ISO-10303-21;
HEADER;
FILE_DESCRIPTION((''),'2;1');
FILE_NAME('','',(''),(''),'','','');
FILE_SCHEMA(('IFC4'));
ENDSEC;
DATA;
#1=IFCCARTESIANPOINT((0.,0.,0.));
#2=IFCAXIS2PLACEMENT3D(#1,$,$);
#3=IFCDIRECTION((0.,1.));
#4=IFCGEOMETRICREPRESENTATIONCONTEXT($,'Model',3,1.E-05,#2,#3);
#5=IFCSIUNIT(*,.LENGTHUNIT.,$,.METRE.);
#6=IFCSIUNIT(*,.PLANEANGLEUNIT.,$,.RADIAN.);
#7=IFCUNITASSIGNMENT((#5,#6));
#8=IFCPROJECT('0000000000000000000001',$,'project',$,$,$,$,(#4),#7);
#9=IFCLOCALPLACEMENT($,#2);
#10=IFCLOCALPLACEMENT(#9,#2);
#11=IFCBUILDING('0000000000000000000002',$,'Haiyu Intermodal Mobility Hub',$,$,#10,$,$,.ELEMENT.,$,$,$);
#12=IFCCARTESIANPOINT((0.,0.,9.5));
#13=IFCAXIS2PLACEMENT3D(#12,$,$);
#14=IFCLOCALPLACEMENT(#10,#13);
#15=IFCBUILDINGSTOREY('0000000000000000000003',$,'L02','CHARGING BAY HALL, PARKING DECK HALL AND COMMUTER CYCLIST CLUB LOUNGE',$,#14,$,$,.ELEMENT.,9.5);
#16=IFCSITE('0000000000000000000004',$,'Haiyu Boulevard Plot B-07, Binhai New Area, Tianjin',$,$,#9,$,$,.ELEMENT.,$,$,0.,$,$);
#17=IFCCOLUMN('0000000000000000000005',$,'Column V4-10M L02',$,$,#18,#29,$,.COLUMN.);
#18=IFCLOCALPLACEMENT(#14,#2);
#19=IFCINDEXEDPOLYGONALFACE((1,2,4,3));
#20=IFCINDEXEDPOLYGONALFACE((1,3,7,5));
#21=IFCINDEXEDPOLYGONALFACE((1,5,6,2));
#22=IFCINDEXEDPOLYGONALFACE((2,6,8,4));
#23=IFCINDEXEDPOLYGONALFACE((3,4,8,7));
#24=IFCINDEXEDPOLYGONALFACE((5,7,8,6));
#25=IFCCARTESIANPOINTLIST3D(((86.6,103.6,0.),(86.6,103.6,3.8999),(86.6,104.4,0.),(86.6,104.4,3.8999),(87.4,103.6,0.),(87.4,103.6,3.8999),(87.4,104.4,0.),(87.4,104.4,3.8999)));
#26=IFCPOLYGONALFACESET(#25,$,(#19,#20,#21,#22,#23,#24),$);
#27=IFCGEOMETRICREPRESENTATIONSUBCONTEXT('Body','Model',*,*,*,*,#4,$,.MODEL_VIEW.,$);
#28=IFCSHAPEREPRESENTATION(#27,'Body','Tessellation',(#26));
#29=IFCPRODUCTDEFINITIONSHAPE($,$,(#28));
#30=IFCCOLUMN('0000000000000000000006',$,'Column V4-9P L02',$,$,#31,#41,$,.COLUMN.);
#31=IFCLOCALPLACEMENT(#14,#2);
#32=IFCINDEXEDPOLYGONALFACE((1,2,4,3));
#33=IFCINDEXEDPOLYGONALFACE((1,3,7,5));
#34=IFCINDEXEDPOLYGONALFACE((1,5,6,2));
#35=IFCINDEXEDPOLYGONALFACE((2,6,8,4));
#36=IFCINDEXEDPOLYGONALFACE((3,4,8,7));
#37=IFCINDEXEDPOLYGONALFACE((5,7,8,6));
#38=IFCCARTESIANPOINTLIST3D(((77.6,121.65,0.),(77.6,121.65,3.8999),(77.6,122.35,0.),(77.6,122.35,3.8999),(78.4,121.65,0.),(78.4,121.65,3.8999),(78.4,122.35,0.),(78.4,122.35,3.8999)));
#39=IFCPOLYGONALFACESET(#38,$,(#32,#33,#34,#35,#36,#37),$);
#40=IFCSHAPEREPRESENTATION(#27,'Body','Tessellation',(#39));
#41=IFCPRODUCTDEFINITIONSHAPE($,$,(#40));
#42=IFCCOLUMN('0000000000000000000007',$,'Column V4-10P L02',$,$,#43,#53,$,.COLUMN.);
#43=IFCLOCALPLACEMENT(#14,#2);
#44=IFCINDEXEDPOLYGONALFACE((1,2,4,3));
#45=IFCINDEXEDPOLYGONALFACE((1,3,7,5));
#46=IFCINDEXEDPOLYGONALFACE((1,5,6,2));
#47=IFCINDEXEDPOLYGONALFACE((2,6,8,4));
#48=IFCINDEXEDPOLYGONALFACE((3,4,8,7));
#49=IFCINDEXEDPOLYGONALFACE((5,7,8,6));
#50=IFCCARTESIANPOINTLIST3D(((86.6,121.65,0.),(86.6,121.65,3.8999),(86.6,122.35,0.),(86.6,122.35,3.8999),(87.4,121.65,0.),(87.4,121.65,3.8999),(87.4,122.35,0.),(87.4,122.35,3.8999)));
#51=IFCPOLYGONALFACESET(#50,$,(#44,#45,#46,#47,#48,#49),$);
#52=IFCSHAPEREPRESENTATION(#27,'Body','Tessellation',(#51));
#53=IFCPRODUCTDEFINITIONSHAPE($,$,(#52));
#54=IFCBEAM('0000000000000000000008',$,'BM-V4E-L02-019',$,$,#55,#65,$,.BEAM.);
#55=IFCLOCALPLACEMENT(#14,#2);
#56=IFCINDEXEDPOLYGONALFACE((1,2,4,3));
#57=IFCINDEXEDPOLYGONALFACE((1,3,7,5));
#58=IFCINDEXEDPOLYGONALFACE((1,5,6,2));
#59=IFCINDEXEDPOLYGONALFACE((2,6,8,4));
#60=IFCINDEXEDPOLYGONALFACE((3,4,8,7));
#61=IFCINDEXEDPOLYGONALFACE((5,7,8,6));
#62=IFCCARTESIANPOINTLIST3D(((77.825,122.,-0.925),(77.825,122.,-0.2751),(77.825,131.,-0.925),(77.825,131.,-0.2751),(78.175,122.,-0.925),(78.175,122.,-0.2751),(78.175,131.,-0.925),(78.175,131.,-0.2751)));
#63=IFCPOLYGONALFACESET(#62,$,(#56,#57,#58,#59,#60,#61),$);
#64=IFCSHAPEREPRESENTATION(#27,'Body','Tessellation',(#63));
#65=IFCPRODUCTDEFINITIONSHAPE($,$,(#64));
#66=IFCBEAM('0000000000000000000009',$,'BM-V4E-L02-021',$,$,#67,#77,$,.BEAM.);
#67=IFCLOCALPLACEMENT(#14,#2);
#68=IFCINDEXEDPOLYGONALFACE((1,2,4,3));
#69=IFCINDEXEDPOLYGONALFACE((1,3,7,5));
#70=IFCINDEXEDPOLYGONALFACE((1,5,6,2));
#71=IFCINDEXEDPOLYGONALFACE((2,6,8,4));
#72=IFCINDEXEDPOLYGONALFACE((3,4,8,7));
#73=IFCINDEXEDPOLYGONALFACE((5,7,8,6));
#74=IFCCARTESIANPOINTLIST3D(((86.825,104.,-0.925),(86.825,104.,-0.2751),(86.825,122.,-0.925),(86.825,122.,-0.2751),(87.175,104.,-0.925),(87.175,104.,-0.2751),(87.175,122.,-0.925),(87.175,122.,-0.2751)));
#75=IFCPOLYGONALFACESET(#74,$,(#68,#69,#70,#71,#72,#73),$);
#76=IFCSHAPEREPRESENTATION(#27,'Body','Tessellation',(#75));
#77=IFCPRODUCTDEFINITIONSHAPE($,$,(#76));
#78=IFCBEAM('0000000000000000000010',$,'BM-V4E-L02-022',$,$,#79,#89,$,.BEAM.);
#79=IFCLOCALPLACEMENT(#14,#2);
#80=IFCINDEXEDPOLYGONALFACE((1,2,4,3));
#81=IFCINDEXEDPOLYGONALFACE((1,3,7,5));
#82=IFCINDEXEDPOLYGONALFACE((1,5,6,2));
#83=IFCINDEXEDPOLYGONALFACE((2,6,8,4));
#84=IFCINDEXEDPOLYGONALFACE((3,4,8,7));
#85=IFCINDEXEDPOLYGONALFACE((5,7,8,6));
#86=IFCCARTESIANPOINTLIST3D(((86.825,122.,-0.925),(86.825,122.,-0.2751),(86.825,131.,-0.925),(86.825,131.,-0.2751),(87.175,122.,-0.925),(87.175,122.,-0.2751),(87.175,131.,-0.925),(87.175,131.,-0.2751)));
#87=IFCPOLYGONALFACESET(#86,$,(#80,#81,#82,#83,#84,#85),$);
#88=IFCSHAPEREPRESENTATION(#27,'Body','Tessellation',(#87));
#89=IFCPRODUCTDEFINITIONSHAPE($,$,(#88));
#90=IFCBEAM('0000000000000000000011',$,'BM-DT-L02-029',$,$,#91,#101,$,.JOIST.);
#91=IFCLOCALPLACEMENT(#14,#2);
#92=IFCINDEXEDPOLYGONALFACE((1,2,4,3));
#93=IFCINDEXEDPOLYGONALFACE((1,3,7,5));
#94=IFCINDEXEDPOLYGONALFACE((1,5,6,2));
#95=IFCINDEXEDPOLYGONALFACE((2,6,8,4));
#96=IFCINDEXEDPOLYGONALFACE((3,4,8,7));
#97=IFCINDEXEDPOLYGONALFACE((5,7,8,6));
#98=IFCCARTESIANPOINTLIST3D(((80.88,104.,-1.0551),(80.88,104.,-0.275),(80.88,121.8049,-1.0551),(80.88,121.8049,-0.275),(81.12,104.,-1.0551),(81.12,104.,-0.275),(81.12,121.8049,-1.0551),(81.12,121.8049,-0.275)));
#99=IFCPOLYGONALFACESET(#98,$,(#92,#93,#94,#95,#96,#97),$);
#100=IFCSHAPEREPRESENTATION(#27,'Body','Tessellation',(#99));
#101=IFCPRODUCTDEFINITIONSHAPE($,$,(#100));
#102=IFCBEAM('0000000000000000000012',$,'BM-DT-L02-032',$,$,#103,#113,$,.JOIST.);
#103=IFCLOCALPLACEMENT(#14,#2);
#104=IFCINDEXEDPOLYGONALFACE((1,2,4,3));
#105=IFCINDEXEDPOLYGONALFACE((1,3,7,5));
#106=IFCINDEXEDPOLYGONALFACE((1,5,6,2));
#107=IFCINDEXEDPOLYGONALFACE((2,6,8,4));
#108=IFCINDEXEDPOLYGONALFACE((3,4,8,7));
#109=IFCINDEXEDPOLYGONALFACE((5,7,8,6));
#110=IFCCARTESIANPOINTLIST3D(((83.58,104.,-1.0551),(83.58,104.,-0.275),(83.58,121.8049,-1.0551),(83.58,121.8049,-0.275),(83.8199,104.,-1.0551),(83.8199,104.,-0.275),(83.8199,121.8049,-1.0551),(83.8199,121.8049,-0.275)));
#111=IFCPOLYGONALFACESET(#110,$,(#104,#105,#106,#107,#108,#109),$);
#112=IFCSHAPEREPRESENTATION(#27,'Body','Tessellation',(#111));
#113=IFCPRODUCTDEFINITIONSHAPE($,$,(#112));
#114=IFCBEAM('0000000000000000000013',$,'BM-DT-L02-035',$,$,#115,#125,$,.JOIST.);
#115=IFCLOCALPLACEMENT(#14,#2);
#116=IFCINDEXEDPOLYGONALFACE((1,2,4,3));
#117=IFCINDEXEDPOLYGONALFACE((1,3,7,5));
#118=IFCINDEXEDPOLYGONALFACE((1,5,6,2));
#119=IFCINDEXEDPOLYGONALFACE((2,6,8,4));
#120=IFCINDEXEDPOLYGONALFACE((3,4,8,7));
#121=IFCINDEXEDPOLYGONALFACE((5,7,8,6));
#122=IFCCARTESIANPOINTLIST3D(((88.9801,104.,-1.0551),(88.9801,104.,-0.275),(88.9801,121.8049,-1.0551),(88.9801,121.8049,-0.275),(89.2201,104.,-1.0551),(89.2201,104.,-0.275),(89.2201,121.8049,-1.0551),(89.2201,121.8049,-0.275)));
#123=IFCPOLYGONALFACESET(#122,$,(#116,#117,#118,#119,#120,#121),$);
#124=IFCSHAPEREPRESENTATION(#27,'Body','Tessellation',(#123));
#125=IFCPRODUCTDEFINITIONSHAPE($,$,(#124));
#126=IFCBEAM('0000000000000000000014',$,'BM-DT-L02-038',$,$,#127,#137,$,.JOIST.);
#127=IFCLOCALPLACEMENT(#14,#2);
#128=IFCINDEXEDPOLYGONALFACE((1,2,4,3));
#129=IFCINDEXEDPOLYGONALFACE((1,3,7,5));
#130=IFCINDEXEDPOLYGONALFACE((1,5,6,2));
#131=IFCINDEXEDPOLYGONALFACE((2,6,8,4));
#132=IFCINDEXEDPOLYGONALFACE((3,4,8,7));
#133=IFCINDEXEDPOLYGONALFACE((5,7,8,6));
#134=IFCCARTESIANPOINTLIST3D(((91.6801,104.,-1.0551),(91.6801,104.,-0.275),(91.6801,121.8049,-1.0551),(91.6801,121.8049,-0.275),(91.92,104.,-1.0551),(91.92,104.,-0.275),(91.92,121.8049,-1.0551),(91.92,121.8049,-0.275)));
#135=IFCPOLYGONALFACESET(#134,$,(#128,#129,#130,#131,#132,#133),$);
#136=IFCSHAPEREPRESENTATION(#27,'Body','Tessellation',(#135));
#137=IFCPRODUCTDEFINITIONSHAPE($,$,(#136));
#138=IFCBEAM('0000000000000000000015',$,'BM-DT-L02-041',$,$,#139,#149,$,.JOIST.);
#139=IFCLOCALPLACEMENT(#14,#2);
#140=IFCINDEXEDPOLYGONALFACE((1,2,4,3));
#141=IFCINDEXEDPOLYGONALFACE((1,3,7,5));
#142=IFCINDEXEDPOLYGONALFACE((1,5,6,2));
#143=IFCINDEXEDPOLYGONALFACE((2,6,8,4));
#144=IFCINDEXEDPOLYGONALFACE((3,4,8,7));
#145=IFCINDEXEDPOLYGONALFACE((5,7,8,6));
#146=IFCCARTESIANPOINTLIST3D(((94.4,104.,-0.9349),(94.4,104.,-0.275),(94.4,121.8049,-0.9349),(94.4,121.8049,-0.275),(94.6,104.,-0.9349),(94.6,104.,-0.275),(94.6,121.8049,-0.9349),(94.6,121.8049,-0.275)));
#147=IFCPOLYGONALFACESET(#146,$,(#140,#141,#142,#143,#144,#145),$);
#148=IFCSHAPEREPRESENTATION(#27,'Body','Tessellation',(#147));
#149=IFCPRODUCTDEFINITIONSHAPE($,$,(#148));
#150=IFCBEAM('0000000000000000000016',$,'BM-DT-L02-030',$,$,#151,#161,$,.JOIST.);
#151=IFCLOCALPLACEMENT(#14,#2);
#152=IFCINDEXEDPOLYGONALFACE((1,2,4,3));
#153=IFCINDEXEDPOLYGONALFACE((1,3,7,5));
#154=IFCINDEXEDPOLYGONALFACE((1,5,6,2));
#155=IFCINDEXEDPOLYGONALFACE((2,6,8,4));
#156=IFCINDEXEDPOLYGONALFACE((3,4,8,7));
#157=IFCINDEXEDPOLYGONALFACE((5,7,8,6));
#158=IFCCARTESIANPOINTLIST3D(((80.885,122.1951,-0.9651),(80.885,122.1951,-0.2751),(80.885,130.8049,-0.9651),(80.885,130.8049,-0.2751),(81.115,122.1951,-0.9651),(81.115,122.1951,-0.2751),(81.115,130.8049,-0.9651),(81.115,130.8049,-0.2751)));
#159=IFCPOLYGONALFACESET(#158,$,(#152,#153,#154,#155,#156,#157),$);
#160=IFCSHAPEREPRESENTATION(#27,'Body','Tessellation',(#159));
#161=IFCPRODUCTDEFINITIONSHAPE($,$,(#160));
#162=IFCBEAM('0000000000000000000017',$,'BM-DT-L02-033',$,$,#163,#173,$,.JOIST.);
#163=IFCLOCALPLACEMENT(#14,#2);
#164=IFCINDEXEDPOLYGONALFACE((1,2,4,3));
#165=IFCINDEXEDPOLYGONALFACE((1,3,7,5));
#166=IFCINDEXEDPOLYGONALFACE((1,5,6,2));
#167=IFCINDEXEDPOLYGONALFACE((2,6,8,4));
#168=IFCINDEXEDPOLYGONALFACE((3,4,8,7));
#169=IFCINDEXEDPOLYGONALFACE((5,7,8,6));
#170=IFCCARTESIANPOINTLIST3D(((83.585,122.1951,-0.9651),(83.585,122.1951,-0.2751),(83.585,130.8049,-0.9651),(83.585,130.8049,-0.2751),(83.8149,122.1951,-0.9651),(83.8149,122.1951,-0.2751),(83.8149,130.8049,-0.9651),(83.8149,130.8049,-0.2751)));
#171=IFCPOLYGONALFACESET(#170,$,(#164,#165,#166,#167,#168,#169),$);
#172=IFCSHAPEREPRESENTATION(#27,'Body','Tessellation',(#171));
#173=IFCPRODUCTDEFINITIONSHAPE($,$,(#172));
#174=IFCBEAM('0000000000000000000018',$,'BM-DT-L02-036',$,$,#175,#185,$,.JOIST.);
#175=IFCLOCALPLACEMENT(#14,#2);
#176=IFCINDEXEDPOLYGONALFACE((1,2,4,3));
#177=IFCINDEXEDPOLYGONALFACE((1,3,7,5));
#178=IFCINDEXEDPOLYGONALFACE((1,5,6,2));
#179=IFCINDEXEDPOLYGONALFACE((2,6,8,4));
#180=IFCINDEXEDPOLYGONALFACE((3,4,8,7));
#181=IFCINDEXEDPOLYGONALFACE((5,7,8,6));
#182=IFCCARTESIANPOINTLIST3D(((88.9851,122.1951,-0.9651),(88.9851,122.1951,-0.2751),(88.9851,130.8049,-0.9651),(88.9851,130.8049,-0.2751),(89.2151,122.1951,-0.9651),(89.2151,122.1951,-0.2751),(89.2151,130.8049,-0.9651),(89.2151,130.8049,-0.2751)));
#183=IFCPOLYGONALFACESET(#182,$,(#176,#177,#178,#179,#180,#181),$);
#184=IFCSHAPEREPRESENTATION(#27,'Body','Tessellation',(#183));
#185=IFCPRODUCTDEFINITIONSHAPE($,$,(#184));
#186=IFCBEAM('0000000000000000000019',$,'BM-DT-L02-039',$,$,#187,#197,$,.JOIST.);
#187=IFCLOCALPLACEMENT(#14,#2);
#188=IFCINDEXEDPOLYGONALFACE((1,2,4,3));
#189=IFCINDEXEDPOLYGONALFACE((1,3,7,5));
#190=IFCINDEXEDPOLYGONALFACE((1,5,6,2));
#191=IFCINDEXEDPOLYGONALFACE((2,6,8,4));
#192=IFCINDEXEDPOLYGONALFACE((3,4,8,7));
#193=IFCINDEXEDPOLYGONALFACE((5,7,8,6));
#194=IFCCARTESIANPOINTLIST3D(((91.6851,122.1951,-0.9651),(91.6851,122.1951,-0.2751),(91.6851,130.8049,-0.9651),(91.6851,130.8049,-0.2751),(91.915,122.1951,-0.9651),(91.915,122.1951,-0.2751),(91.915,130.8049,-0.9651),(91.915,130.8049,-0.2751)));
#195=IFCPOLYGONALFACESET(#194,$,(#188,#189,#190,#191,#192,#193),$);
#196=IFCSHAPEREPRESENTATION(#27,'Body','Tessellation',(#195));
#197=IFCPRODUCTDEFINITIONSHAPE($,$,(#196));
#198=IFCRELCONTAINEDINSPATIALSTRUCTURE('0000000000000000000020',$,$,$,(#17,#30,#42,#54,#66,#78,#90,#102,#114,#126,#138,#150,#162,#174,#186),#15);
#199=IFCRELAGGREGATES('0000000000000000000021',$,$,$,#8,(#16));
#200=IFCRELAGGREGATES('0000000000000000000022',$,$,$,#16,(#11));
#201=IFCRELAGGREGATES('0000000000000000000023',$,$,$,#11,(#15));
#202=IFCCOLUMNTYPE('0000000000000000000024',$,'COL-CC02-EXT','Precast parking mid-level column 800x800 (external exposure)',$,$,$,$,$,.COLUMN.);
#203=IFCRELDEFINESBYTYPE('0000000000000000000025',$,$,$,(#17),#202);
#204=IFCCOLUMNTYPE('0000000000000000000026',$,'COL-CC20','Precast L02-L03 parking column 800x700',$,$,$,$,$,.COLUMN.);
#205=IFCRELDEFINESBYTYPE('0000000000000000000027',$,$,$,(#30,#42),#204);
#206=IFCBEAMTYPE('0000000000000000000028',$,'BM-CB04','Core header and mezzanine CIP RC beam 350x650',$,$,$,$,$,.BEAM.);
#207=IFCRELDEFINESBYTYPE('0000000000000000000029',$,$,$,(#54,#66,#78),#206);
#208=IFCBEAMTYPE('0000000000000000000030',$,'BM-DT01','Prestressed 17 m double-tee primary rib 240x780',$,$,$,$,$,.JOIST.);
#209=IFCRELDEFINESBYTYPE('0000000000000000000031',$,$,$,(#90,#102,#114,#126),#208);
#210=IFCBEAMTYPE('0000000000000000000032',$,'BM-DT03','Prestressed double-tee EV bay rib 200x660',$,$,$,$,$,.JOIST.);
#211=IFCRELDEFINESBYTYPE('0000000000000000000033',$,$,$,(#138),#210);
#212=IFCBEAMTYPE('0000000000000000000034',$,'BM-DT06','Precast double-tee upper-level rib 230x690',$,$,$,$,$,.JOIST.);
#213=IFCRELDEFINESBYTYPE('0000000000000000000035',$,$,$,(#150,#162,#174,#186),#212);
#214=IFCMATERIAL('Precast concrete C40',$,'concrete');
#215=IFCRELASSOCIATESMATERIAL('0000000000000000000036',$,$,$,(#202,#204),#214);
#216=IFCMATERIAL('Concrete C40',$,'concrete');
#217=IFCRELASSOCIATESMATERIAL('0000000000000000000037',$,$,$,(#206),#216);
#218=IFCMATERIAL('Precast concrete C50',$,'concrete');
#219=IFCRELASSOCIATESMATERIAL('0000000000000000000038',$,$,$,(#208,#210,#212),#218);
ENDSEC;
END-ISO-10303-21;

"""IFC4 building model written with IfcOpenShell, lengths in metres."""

from ifc_helpers import new_model, si_unit, direction, frame, origin, origin_2d, place, context, subcontext, project, spatial, rectangle, extrude, material, material_profile, profile_set, type_object, element, save


model = new_model("IFC4")

# Units and contexts
model_context = context("Model", 3, precision=1e-05, world=origin(), true_north=direction((0.0, 1.0)))
body_context = subcontext(model_context, "Body", "Model", "MODEL_VIEW")
ifc_project = project(units=[si_unit("LENGTHUNIT", "METRE"), si_unit("PLANEANGLEUNIT", "RADIAN")], contexts=[model_context])

# Site, building, storey
site_placement = place(None, origin())
site = spatial("IfcSite", under=ifc_project, at=site_placement, Name="Haiyu Boulevard Plot B-07, Binhai New Area, Tianjin", CompositionType="ELEMENT", RefElevation=0.0)
building_placement = place(site_placement, origin())
building = spatial("IfcBuilding", under=site, at=building_placement, Name="Haiyu Intermodal Mobility Hub", CompositionType="ELEMENT")
storey_placement = place(building_placement, frame((0.0, 0.0, 9.5)))
storey = spatial("IfcBuildingStorey", under=building, at=storey_placement, Name="L02", Description="CHARGING BAY HALL, PARKING DECK HALL AND COMMUTER CYCLIST CLUB LOUNGE", CompositionType="ELEMENT", Elevation=9.5)

# Columns
ifc_material_1 = material(Name="Precast concrete C40", Category="concrete")
ifc_material_profile_1 = material_profile(ifc_material_1, rectangle(XDim=0.8, YDim=0.8, at=origin_2d()), Name="RC800x800")
ifc_profile_set_1 = profile_set([ifc_material_profile_1], Name="Precast concrete C40")
column_type_1 = type_object("IfcColumnType", Name="COL-CC02-EXT", Description="Precast parking mid-level column 800x800 (external exposure)", PredefinedType="COLUMN", material=ifc_profile_set_1)
column_placement = place(storey_placement, frame((87.0, 104.0, 0.0), z_axis=(0.0, 0.0, 1.0), x_axis=(1.0, 0.0, 0.0)))
element("IfcColumn", 1, at=column_placement, inside=storey, type_object=column_type_1, Name="Column V4-10M L02", PredefinedType="COLUMN", context=body_context, shape_type="SweptSolid", body=[
    extrude(rectangle(XDim=0.8, YDim=0.8, at=origin_2d()), origin(), (0.0, 0.0, 1.0), 3.8999),
])
ifc_material_profile_2 = material_profile(ifc_material_1, rectangle(XDim=0.8, YDim=0.7, at=origin_2d()), Name="C800x700")
ifc_profile_set_2 = profile_set([ifc_material_profile_2], Name="Precast concrete C40")
column_type_2 = type_object("IfcColumnType", Name="COL-CC20", Description="Precast L02-L03 parking column 800x700", PredefinedType="COLUMN", material=ifc_profile_set_2)
for number, where, z_axis, x_axis, name in (
    (2, (78.0, 122.0, 0.0), (0.0, 0.0, 1.0), (1.0, 0.0, 0.0), "Column V4-9P L02"),
    (3, (87.0, 122.0, 0.0), (0.0, 0.0, 1.0), (1.0, 0.0, 0.0), "Column V4-10P L02"),
):
    element("IfcColumn", number, at=place(storey_placement, frame(where, z_axis=z_axis, x_axis=x_axis)), inside=storey, type_object=column_type_2, Name=name, PredefinedType="COLUMN", context=body_context, shape_type="SweptSolid", body=[
        extrude(rectangle(XDim=0.8, YDim=0.7, at=origin_2d()), origin(), (0.0, 0.0, 1.0), 3.8999),
    ])

# Beams
ifc_material_2 = material(Name="Concrete C40", Category="concrete")
ifc_material_profile_3 = material_profile(ifc_material_2, rectangle(XDim=0.3501, YDim=0.6499, at=origin_2d()), Name="RCB350x650")
ifc_profile_set_3 = profile_set([ifc_material_profile_3], Name="Concrete C40")
beam_type_1 = type_object("IfcBeamType", Name="BM-CB04", Description="Core header and mezzanine CIP RC beam 350x650", PredefinedType="BEAM", material=ifc_profile_set_3)
beam_1_placement = place(storey_placement, frame((78.0, 122.0, -0.6001), z_axis=(0.0, 1.0, 0.0), x_axis=(-1.0, 0.0, 0.0)))
element("IfcBeam", 4, at=beam_1_placement, inside=storey, type_object=beam_type_1, Name="BM-V4E-L02-019", PredefinedType="BEAM", context=body_context, shape_type="SweptSolid", body=[
    extrude(rectangle(XDim=0.3501, YDim=0.6499, at=origin_2d()), origin(), (0.0, 0.0, 1.0), 9.0),
])
beam_2_placement = place(storey_placement, frame((87.0, 104.0, -0.6001), z_axis=(0.0, 1.0, 0.0), x_axis=(-1.0, 0.0, 0.0)))
element("IfcBeam", 5, at=beam_2_placement, inside=storey, type_object=beam_type_1, Name="BM-V4E-L02-021", PredefinedType="BEAM", context=body_context, shape_type="SweptSolid", body=[
    extrude(rectangle(XDim=0.3501, YDim=0.6499, at=origin_2d()), origin(), (0.0, 0.0, 1.0), 18.0),
])
beam_3_placement = place(storey_placement, frame((87.0, 122.0, -0.6001), z_axis=(0.0, 1.0, 0.0), x_axis=(-1.0, 0.0, 0.0)))
element("IfcBeam", 6, at=beam_3_placement, inside=storey, type_object=beam_type_1, Name="BM-V4E-L02-022", PredefinedType="BEAM", context=body_context, shape_type="SweptSolid", body=[
    extrude(rectangle(XDim=0.3501, YDim=0.6499, at=origin_2d()), origin(), (0.0, 0.0, 1.0), 9.0),
])
ifc_material_3 = material(Name="Precast concrete C50", Category="concrete")
ifc_material_profile_4 = material_profile(ifc_material_3, rectangle(XDim=0.24, YDim=0.78, at=origin_2d()), Name="PC240x780")
ifc_profile_set_4 = profile_set([ifc_material_profile_4], Name="Precast concrete C50")
beam_type_2 = type_object("IfcBeamType", Name="BM-DT01", Description="Prestressed 17 m double-tee primary rib 240x780", PredefinedType="JOIST", material=ifc_profile_set_4)
for number, where, z_axis, x_axis, name in (
    (7, (81.0, 104.0, -0.665), (0.0, 1.0, 0.0), (-1.0, 0.0, 0.0), "BM-DT-L02-029"),
    (8, (83.7, 104.0, -0.665), (0.0, 1.0, 0.0), (-1.0, 0.0, 0.0), "BM-DT-L02-032"),
    (9, (89.1001, 104.0, -0.665), (0.0, 1.0, 0.0), (-1.0, 0.0, 0.0), "BM-DT-L02-035"),
    (10, (91.8, 104.0, -0.665), (0.0, 1.0, 0.0), (-1.0, 0.0, 0.0), "BM-DT-L02-038"),
):
    element("IfcBeam", number, at=place(storey_placement, frame(where, z_axis=z_axis, x_axis=x_axis)), inside=storey, type_object=beam_type_2, Name=name, PredefinedType="JOIST", context=body_context, shape_type="SweptSolid", body=[
        extrude(rectangle(XDim=0.24, YDim=0.78, at=origin_2d()), origin(), (0.0, 0.0, 1.0), 17.8049),
    ])
ifc_material_profile_5 = material_profile(ifc_material_3, rectangle(XDim=0.2, YDim=0.6599, at=origin_2d()), Name="PC200x660")
ifc_profile_set_5 = profile_set([ifc_material_profile_5], Name="Precast concrete C50")
beam_type_3 = type_object("IfcBeamType", Name="BM-DT03", Description="Prestressed double-tee EV bay rib 200x660", PredefinedType="JOIST", material=ifc_profile_set_5)
beam_4_placement = place(storey_placement, frame((94.5, 104.0, -0.605), z_axis=(0.0, 1.0, 0.0), x_axis=(-1.0, 0.0, 0.0)))
element("IfcBeam", 11, at=beam_4_placement, inside=storey, type_object=beam_type_3, Name="BM-DT-L02-041", PredefinedType="JOIST", context=body_context, shape_type="SweptSolid", body=[
    extrude(rectangle(XDim=0.2, YDim=0.6599, at=origin_2d()), origin(), (0.0, 0.0, 1.0), 17.8049),
])
ifc_material_profile_6 = material_profile(ifc_material_3, rectangle(XDim=0.23, YDim=0.6899, at=origin_2d()), Name="B230x690")
ifc_profile_set_6 = profile_set([ifc_material_profile_6], Name="Precast concrete C50")
beam_type_4 = type_object("IfcBeamType", Name="BM-DT06", Description="Precast double-tee upper-level rib 230x690", PredefinedType="JOIST", material=ifc_profile_set_6)
for number, where, z_axis, x_axis, name in (
    (12, (81.0, 122.1951, -0.6201), (0.0, 1.0, 0.0), (-1.0, 0.0, 0.0), "BM-DT-L02-030"),
    (13, (83.7, 122.1951, -0.6201), (0.0, 1.0, 0.0), (-1.0, 0.0, 0.0), "BM-DT-L02-033"),
    (14, (89.1001, 122.1951, -0.6201), (0.0, 1.0, 0.0), (-1.0, 0.0, 0.0), "BM-DT-L02-036"),
    (15, (91.8, 122.1951, -0.6201), (0.0, 1.0, 0.0), (-1.0, 0.0, 0.0), "BM-DT-L02-039"),
):
    element("IfcBeam", number, at=place(storey_placement, frame(where, z_axis=z_axis, x_axis=x_axis)), inside=storey, type_object=beam_type_4, Name=name, PredefinedType="JOIST", context=body_context, shape_type="SweptSolid", body=[
        extrude(rectangle(XDim=0.23, YDim=0.6899, at=origin_2d()), origin(), (0.0, 0.0, 1.0), 8.6099),
    ])

save(model, "model.ifc")
